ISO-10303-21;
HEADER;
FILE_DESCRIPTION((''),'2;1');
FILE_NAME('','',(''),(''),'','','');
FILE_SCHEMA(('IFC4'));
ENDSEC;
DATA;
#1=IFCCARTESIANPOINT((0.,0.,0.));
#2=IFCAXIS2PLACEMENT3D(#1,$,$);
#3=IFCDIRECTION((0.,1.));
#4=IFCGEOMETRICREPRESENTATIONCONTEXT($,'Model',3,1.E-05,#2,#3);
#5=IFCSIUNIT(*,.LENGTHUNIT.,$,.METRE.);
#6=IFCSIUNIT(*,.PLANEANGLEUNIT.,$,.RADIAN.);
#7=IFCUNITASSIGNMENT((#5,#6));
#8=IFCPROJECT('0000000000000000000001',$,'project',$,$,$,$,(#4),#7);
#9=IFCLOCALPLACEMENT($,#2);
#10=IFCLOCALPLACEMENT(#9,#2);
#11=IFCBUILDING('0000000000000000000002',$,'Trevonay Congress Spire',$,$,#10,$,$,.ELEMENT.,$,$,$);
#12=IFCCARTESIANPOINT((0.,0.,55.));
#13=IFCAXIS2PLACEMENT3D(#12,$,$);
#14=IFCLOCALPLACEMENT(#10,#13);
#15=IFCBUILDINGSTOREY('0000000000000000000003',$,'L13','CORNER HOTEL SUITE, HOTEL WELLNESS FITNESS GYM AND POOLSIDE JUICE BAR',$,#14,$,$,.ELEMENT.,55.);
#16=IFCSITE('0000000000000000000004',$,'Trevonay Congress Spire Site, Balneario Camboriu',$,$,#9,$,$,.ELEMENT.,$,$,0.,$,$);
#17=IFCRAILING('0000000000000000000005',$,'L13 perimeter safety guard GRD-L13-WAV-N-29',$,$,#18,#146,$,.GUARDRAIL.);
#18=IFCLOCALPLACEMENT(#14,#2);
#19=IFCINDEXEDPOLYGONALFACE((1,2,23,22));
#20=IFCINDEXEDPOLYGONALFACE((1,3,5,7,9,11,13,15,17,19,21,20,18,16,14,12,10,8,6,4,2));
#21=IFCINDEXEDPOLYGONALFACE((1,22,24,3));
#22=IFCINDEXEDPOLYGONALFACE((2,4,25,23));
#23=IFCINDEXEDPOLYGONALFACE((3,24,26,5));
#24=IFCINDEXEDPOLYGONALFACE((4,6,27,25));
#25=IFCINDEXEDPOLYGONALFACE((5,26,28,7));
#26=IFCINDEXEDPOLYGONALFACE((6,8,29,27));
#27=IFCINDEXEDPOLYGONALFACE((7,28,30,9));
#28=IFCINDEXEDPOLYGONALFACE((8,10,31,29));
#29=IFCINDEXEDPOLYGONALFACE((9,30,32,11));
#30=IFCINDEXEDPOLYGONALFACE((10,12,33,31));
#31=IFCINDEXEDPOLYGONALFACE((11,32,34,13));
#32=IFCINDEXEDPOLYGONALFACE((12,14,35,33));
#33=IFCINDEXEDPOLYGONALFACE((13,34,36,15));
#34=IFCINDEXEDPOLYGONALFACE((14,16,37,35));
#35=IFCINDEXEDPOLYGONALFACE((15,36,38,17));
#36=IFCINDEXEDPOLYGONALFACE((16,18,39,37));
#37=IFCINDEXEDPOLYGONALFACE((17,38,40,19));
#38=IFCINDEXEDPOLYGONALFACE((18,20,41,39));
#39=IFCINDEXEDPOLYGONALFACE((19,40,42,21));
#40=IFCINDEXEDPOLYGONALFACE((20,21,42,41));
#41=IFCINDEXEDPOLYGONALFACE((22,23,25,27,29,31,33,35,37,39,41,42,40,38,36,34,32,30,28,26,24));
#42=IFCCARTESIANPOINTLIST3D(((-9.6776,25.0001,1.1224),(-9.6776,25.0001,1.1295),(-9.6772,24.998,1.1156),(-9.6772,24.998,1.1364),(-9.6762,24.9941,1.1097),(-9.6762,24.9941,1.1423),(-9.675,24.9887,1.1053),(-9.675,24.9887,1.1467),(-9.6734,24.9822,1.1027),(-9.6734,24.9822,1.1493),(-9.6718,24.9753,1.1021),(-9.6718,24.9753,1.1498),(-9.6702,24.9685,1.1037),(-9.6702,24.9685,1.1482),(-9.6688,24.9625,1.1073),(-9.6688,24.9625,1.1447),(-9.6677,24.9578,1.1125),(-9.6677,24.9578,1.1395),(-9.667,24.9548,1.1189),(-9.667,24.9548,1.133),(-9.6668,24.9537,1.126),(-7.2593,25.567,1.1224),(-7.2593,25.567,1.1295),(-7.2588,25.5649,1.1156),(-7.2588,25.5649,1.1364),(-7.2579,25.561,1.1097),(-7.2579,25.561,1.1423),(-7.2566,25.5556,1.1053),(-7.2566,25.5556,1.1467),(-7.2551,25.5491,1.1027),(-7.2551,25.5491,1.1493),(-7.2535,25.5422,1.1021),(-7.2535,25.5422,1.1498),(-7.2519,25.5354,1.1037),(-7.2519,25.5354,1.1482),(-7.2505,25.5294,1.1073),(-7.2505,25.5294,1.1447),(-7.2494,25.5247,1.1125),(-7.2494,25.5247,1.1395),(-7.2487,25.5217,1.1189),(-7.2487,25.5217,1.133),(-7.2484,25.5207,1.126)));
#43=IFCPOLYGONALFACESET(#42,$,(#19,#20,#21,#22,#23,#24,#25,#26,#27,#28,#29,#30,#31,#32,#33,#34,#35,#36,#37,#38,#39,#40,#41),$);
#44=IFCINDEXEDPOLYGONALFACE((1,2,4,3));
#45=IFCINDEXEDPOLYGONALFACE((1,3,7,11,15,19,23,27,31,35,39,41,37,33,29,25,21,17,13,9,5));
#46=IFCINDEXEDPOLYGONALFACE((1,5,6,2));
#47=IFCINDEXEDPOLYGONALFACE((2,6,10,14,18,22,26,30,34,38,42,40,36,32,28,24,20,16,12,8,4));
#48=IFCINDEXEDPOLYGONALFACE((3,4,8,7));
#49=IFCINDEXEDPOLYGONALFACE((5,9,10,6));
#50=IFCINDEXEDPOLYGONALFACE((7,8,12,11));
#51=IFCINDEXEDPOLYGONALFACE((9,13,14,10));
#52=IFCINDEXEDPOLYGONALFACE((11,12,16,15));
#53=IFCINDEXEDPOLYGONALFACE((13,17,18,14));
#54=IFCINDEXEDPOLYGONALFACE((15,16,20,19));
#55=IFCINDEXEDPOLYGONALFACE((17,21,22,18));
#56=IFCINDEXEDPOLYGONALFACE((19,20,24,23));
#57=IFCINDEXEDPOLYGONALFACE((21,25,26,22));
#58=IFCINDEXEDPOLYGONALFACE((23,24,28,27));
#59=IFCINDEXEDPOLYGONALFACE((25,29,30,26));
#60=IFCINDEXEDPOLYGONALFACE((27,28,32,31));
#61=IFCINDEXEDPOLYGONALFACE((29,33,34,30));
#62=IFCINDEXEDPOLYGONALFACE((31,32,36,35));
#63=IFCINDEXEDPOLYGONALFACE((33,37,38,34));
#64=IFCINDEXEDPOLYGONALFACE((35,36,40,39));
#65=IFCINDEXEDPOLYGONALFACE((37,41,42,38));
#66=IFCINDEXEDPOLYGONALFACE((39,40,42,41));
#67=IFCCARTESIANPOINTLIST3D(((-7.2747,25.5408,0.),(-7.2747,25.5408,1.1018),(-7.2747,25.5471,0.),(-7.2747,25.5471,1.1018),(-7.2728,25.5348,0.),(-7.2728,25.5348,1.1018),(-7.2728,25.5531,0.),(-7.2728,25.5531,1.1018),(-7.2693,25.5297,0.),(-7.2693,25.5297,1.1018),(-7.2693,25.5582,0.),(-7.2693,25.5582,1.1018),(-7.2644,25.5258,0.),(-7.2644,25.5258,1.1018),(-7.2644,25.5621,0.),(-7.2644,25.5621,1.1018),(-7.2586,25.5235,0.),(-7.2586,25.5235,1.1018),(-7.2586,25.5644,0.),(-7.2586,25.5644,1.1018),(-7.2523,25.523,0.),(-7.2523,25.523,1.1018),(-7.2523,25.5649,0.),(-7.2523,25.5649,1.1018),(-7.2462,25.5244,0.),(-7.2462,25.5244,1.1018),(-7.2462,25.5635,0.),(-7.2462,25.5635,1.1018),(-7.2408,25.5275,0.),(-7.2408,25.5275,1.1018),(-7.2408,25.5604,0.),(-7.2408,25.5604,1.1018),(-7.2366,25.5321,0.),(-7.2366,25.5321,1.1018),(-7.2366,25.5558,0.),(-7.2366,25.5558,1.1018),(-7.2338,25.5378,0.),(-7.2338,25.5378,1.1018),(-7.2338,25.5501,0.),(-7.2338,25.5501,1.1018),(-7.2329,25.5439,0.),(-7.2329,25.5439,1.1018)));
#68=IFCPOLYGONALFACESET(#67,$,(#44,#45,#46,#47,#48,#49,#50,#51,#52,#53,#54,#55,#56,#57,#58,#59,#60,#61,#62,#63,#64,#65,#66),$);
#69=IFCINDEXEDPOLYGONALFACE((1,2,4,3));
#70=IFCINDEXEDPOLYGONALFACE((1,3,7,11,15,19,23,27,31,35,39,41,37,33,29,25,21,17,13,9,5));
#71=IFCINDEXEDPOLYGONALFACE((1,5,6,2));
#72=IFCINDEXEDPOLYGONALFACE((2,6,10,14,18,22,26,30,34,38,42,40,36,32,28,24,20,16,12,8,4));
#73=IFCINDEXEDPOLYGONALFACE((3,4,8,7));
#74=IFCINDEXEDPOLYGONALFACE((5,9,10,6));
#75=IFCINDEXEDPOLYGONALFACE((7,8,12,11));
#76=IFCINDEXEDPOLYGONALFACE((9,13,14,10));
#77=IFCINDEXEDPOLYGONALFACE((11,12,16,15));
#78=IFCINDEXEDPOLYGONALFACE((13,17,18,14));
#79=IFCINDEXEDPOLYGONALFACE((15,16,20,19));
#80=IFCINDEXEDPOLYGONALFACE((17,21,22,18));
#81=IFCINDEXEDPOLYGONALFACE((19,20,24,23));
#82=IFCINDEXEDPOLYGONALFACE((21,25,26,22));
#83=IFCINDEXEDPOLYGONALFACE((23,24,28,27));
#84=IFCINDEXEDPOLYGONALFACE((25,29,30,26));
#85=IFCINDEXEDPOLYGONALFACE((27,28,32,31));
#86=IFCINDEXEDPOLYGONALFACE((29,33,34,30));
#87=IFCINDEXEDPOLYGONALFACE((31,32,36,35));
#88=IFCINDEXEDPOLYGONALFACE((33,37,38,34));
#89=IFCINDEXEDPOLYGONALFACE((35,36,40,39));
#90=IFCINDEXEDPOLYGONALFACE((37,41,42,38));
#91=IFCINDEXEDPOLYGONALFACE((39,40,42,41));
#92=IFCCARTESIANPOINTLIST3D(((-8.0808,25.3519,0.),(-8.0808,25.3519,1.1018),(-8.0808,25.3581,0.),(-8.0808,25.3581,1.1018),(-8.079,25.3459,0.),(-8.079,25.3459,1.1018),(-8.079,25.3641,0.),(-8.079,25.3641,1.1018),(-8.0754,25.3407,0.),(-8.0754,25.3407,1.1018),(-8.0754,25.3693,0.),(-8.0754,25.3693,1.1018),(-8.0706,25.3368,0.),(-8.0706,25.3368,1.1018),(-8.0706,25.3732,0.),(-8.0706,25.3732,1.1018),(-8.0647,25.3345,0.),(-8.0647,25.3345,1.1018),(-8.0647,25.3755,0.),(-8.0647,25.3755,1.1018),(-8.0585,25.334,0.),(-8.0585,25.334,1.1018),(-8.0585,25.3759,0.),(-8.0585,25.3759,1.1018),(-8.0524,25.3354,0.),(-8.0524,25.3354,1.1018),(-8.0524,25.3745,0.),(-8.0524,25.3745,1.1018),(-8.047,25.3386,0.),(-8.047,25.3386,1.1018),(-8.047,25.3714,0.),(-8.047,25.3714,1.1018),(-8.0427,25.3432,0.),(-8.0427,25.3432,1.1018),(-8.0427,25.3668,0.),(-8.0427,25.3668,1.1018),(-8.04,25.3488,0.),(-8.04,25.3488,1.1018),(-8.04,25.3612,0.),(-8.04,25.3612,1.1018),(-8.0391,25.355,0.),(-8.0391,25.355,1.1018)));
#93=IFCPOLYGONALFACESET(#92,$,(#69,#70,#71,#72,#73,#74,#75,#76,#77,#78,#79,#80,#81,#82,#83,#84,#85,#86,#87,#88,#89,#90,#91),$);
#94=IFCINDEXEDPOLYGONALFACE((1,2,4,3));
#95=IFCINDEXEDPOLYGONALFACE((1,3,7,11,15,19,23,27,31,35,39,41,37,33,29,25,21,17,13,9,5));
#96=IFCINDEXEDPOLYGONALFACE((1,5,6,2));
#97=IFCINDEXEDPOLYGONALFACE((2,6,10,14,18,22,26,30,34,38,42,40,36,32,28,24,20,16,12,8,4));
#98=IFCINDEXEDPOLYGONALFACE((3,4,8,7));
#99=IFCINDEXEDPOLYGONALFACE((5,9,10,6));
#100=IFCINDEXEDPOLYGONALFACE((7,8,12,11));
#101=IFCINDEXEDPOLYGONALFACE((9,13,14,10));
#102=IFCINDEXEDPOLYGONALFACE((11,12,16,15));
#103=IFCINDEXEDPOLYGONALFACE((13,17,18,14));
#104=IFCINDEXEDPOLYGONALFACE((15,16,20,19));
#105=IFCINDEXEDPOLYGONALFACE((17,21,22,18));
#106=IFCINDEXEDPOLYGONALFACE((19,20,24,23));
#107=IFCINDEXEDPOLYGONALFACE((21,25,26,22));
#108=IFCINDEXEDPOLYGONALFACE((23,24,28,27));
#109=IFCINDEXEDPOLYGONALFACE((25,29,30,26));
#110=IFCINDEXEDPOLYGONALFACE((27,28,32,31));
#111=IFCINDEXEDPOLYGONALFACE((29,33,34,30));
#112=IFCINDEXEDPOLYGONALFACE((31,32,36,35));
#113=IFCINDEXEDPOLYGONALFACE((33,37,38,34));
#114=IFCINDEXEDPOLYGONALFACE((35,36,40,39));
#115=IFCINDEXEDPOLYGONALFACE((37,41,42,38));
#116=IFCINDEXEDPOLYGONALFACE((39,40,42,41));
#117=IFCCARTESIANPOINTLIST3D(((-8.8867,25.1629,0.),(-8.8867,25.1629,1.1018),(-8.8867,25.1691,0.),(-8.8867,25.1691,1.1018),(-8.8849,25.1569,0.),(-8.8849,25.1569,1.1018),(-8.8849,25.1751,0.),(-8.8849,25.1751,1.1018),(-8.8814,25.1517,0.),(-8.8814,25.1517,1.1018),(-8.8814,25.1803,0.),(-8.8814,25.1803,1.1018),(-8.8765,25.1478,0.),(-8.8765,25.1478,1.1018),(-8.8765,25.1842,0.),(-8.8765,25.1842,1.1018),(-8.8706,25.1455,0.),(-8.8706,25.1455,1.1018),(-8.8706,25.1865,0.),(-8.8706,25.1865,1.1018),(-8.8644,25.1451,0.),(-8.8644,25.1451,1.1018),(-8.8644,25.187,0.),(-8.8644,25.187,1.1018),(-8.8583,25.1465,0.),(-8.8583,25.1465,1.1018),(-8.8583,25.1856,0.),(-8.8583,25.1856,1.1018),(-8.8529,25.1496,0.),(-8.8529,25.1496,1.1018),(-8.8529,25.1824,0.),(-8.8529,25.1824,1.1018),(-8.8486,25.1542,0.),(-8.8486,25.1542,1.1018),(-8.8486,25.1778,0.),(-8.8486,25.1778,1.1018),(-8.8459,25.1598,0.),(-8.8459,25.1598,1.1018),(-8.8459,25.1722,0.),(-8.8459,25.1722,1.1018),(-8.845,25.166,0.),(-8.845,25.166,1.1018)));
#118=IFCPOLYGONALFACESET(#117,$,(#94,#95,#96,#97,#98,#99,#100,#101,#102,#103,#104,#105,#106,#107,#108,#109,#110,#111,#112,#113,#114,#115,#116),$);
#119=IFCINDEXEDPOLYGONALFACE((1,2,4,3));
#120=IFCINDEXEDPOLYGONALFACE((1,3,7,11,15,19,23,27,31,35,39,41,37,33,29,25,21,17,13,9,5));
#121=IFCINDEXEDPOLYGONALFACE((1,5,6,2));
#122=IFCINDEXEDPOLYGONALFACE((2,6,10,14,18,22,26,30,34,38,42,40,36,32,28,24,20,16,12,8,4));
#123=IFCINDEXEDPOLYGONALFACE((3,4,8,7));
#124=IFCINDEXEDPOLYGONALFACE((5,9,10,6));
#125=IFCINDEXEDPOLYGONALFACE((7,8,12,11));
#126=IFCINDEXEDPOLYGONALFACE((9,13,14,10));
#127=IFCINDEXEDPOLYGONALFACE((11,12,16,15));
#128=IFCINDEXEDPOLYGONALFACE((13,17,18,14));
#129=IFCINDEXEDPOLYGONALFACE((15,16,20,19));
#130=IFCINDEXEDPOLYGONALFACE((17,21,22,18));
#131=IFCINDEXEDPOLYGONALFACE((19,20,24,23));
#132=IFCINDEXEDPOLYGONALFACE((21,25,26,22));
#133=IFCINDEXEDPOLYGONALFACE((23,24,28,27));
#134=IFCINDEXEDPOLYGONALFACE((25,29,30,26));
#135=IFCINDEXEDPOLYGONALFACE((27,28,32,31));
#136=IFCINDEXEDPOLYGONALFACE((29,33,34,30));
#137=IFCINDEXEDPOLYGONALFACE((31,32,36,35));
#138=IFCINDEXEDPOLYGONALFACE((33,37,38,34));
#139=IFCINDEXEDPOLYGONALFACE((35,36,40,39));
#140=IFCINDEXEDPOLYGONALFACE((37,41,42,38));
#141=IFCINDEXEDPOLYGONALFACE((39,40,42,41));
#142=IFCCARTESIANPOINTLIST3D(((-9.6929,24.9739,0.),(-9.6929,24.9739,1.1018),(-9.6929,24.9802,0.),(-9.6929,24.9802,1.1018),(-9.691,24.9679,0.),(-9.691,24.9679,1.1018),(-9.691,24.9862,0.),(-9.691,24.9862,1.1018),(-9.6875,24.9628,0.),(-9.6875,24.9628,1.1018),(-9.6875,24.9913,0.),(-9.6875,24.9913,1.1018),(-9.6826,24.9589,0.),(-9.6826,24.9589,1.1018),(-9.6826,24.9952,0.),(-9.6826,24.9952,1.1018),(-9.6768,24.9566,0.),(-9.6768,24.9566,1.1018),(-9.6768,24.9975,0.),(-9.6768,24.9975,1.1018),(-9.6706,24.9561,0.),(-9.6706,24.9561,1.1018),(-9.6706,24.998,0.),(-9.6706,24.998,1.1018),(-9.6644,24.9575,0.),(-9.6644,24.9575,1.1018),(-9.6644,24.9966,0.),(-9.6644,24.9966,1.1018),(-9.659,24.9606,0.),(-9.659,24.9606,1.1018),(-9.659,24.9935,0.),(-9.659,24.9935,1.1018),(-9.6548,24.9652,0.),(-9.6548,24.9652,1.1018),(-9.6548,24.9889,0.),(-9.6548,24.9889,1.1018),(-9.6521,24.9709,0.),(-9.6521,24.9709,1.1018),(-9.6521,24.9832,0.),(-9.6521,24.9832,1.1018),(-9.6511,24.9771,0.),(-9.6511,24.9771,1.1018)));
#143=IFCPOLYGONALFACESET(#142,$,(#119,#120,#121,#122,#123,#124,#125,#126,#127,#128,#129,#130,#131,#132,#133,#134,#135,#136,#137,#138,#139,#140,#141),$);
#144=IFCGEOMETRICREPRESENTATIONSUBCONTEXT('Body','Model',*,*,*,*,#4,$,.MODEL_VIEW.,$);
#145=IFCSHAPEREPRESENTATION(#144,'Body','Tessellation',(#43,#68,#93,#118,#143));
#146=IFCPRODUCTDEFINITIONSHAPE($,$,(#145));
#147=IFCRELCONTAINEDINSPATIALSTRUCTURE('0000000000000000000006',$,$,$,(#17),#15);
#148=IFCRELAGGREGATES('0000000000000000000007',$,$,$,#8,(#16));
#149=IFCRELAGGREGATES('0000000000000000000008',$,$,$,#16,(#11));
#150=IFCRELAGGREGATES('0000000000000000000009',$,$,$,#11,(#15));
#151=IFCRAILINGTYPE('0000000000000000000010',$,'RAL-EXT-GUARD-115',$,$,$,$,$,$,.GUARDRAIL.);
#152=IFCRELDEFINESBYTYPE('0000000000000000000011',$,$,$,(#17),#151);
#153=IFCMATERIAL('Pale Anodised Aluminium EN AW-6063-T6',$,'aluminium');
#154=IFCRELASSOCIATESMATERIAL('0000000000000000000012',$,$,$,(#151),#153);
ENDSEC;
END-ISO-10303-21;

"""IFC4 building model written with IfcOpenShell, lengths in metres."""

from ifc_helpers import new_model, si_unit, direction, frame, origin, origin_2d, place, context, subcontext, project, spatial, circle, extrude, material, type_object, element, save


model = new_model("IFC4")

# Units and contexts
model_context = context("Model", 3, precision=1e-05, world=origin(), true_north=direction((0.0, 1.0)))
body_context = subcontext(model_context, "Body", "Model", "MODEL_VIEW")
ifc_project = project(units=[si_unit("LENGTHUNIT", "METRE"), si_unit("PLANEANGLEUNIT", "RADIAN")], contexts=[model_context])

# Site, building, storey
site_placement = place(None, origin())
site = spatial("IfcSite", under=ifc_project, at=site_placement, Name="Trevonay Congress Spire Site, Balneario Camboriu", CompositionType="ELEMENT", RefElevation=0.0)
building_placement = place(site_placement, origin())
building = spatial("IfcBuilding", under=site, at=building_placement, Name="Trevonay Congress Spire", CompositionType="ELEMENT")
storey_placement = place(building_placement, frame((0.0, 0.0, 55.0)))
storey = spatial("IfcBuildingStorey", under=building, at=storey_placement, Name="L13", Description="CORNER HOTEL SUITE, HOTEL WELLNESS FITNESS GYM AND POOLSIDE JUICE BAR", CompositionType="ELEMENT", Elevation=55.0)

# Shared definitions
ifc_material_1 = material(Name="Pale Anodised Aluminium EN AW-6063-T6", Category="aluminium")

# Railing
railing_type = type_object("IfcRailingType", Name="RAL-EXT-GUARD-115", PredefinedType="GUARDRAIL", material=ifc_material_1)
railing_1_placement = place(storey_placement, frame((-7.2539, 25.5439, 0.0)))
element("IfcRailing", 1, at=railing_1_placement, inside=storey, type_object=railing_type, Name="L13 perimeter safety guard GRD-L13-WAV-N-29", PredefinedType="GUARDRAIL", context=body_context, shape_type="SweptSolid", body=[
    extrude(circle(Radius=0.0239, at=origin_2d()), frame((0.0, 0.0, 1.126), z_axis=(-0.973605, -0.228239, 0.0), x_axis=(0.228239, -0.973605, 0.0)), (0.0, 0.0, 1.0), 2.4839),
    extrude(circle(Radius=0.021, at=origin_2d()), origin(), (0.0, 0.0, 1.0), 1.1018),
    extrude(circle(Radius=0.021, at=origin_2d()), frame((-0.8062, -0.189, 0.0)), (0.0, 0.0, 1.0), 1.1018),
    extrude(circle(Radius=0.021, at=origin_2d()), frame((-1.6121, -0.3779, 0.0)), (0.0, 0.0, 1.0), 1.1018),
    extrude(circle(Radius=0.021, at=origin_2d()), frame((-2.4182, -0.5669, 0.0)), (0.0, 0.0, 1.0), 1.1018),
])

save(model, "model.ifc")
